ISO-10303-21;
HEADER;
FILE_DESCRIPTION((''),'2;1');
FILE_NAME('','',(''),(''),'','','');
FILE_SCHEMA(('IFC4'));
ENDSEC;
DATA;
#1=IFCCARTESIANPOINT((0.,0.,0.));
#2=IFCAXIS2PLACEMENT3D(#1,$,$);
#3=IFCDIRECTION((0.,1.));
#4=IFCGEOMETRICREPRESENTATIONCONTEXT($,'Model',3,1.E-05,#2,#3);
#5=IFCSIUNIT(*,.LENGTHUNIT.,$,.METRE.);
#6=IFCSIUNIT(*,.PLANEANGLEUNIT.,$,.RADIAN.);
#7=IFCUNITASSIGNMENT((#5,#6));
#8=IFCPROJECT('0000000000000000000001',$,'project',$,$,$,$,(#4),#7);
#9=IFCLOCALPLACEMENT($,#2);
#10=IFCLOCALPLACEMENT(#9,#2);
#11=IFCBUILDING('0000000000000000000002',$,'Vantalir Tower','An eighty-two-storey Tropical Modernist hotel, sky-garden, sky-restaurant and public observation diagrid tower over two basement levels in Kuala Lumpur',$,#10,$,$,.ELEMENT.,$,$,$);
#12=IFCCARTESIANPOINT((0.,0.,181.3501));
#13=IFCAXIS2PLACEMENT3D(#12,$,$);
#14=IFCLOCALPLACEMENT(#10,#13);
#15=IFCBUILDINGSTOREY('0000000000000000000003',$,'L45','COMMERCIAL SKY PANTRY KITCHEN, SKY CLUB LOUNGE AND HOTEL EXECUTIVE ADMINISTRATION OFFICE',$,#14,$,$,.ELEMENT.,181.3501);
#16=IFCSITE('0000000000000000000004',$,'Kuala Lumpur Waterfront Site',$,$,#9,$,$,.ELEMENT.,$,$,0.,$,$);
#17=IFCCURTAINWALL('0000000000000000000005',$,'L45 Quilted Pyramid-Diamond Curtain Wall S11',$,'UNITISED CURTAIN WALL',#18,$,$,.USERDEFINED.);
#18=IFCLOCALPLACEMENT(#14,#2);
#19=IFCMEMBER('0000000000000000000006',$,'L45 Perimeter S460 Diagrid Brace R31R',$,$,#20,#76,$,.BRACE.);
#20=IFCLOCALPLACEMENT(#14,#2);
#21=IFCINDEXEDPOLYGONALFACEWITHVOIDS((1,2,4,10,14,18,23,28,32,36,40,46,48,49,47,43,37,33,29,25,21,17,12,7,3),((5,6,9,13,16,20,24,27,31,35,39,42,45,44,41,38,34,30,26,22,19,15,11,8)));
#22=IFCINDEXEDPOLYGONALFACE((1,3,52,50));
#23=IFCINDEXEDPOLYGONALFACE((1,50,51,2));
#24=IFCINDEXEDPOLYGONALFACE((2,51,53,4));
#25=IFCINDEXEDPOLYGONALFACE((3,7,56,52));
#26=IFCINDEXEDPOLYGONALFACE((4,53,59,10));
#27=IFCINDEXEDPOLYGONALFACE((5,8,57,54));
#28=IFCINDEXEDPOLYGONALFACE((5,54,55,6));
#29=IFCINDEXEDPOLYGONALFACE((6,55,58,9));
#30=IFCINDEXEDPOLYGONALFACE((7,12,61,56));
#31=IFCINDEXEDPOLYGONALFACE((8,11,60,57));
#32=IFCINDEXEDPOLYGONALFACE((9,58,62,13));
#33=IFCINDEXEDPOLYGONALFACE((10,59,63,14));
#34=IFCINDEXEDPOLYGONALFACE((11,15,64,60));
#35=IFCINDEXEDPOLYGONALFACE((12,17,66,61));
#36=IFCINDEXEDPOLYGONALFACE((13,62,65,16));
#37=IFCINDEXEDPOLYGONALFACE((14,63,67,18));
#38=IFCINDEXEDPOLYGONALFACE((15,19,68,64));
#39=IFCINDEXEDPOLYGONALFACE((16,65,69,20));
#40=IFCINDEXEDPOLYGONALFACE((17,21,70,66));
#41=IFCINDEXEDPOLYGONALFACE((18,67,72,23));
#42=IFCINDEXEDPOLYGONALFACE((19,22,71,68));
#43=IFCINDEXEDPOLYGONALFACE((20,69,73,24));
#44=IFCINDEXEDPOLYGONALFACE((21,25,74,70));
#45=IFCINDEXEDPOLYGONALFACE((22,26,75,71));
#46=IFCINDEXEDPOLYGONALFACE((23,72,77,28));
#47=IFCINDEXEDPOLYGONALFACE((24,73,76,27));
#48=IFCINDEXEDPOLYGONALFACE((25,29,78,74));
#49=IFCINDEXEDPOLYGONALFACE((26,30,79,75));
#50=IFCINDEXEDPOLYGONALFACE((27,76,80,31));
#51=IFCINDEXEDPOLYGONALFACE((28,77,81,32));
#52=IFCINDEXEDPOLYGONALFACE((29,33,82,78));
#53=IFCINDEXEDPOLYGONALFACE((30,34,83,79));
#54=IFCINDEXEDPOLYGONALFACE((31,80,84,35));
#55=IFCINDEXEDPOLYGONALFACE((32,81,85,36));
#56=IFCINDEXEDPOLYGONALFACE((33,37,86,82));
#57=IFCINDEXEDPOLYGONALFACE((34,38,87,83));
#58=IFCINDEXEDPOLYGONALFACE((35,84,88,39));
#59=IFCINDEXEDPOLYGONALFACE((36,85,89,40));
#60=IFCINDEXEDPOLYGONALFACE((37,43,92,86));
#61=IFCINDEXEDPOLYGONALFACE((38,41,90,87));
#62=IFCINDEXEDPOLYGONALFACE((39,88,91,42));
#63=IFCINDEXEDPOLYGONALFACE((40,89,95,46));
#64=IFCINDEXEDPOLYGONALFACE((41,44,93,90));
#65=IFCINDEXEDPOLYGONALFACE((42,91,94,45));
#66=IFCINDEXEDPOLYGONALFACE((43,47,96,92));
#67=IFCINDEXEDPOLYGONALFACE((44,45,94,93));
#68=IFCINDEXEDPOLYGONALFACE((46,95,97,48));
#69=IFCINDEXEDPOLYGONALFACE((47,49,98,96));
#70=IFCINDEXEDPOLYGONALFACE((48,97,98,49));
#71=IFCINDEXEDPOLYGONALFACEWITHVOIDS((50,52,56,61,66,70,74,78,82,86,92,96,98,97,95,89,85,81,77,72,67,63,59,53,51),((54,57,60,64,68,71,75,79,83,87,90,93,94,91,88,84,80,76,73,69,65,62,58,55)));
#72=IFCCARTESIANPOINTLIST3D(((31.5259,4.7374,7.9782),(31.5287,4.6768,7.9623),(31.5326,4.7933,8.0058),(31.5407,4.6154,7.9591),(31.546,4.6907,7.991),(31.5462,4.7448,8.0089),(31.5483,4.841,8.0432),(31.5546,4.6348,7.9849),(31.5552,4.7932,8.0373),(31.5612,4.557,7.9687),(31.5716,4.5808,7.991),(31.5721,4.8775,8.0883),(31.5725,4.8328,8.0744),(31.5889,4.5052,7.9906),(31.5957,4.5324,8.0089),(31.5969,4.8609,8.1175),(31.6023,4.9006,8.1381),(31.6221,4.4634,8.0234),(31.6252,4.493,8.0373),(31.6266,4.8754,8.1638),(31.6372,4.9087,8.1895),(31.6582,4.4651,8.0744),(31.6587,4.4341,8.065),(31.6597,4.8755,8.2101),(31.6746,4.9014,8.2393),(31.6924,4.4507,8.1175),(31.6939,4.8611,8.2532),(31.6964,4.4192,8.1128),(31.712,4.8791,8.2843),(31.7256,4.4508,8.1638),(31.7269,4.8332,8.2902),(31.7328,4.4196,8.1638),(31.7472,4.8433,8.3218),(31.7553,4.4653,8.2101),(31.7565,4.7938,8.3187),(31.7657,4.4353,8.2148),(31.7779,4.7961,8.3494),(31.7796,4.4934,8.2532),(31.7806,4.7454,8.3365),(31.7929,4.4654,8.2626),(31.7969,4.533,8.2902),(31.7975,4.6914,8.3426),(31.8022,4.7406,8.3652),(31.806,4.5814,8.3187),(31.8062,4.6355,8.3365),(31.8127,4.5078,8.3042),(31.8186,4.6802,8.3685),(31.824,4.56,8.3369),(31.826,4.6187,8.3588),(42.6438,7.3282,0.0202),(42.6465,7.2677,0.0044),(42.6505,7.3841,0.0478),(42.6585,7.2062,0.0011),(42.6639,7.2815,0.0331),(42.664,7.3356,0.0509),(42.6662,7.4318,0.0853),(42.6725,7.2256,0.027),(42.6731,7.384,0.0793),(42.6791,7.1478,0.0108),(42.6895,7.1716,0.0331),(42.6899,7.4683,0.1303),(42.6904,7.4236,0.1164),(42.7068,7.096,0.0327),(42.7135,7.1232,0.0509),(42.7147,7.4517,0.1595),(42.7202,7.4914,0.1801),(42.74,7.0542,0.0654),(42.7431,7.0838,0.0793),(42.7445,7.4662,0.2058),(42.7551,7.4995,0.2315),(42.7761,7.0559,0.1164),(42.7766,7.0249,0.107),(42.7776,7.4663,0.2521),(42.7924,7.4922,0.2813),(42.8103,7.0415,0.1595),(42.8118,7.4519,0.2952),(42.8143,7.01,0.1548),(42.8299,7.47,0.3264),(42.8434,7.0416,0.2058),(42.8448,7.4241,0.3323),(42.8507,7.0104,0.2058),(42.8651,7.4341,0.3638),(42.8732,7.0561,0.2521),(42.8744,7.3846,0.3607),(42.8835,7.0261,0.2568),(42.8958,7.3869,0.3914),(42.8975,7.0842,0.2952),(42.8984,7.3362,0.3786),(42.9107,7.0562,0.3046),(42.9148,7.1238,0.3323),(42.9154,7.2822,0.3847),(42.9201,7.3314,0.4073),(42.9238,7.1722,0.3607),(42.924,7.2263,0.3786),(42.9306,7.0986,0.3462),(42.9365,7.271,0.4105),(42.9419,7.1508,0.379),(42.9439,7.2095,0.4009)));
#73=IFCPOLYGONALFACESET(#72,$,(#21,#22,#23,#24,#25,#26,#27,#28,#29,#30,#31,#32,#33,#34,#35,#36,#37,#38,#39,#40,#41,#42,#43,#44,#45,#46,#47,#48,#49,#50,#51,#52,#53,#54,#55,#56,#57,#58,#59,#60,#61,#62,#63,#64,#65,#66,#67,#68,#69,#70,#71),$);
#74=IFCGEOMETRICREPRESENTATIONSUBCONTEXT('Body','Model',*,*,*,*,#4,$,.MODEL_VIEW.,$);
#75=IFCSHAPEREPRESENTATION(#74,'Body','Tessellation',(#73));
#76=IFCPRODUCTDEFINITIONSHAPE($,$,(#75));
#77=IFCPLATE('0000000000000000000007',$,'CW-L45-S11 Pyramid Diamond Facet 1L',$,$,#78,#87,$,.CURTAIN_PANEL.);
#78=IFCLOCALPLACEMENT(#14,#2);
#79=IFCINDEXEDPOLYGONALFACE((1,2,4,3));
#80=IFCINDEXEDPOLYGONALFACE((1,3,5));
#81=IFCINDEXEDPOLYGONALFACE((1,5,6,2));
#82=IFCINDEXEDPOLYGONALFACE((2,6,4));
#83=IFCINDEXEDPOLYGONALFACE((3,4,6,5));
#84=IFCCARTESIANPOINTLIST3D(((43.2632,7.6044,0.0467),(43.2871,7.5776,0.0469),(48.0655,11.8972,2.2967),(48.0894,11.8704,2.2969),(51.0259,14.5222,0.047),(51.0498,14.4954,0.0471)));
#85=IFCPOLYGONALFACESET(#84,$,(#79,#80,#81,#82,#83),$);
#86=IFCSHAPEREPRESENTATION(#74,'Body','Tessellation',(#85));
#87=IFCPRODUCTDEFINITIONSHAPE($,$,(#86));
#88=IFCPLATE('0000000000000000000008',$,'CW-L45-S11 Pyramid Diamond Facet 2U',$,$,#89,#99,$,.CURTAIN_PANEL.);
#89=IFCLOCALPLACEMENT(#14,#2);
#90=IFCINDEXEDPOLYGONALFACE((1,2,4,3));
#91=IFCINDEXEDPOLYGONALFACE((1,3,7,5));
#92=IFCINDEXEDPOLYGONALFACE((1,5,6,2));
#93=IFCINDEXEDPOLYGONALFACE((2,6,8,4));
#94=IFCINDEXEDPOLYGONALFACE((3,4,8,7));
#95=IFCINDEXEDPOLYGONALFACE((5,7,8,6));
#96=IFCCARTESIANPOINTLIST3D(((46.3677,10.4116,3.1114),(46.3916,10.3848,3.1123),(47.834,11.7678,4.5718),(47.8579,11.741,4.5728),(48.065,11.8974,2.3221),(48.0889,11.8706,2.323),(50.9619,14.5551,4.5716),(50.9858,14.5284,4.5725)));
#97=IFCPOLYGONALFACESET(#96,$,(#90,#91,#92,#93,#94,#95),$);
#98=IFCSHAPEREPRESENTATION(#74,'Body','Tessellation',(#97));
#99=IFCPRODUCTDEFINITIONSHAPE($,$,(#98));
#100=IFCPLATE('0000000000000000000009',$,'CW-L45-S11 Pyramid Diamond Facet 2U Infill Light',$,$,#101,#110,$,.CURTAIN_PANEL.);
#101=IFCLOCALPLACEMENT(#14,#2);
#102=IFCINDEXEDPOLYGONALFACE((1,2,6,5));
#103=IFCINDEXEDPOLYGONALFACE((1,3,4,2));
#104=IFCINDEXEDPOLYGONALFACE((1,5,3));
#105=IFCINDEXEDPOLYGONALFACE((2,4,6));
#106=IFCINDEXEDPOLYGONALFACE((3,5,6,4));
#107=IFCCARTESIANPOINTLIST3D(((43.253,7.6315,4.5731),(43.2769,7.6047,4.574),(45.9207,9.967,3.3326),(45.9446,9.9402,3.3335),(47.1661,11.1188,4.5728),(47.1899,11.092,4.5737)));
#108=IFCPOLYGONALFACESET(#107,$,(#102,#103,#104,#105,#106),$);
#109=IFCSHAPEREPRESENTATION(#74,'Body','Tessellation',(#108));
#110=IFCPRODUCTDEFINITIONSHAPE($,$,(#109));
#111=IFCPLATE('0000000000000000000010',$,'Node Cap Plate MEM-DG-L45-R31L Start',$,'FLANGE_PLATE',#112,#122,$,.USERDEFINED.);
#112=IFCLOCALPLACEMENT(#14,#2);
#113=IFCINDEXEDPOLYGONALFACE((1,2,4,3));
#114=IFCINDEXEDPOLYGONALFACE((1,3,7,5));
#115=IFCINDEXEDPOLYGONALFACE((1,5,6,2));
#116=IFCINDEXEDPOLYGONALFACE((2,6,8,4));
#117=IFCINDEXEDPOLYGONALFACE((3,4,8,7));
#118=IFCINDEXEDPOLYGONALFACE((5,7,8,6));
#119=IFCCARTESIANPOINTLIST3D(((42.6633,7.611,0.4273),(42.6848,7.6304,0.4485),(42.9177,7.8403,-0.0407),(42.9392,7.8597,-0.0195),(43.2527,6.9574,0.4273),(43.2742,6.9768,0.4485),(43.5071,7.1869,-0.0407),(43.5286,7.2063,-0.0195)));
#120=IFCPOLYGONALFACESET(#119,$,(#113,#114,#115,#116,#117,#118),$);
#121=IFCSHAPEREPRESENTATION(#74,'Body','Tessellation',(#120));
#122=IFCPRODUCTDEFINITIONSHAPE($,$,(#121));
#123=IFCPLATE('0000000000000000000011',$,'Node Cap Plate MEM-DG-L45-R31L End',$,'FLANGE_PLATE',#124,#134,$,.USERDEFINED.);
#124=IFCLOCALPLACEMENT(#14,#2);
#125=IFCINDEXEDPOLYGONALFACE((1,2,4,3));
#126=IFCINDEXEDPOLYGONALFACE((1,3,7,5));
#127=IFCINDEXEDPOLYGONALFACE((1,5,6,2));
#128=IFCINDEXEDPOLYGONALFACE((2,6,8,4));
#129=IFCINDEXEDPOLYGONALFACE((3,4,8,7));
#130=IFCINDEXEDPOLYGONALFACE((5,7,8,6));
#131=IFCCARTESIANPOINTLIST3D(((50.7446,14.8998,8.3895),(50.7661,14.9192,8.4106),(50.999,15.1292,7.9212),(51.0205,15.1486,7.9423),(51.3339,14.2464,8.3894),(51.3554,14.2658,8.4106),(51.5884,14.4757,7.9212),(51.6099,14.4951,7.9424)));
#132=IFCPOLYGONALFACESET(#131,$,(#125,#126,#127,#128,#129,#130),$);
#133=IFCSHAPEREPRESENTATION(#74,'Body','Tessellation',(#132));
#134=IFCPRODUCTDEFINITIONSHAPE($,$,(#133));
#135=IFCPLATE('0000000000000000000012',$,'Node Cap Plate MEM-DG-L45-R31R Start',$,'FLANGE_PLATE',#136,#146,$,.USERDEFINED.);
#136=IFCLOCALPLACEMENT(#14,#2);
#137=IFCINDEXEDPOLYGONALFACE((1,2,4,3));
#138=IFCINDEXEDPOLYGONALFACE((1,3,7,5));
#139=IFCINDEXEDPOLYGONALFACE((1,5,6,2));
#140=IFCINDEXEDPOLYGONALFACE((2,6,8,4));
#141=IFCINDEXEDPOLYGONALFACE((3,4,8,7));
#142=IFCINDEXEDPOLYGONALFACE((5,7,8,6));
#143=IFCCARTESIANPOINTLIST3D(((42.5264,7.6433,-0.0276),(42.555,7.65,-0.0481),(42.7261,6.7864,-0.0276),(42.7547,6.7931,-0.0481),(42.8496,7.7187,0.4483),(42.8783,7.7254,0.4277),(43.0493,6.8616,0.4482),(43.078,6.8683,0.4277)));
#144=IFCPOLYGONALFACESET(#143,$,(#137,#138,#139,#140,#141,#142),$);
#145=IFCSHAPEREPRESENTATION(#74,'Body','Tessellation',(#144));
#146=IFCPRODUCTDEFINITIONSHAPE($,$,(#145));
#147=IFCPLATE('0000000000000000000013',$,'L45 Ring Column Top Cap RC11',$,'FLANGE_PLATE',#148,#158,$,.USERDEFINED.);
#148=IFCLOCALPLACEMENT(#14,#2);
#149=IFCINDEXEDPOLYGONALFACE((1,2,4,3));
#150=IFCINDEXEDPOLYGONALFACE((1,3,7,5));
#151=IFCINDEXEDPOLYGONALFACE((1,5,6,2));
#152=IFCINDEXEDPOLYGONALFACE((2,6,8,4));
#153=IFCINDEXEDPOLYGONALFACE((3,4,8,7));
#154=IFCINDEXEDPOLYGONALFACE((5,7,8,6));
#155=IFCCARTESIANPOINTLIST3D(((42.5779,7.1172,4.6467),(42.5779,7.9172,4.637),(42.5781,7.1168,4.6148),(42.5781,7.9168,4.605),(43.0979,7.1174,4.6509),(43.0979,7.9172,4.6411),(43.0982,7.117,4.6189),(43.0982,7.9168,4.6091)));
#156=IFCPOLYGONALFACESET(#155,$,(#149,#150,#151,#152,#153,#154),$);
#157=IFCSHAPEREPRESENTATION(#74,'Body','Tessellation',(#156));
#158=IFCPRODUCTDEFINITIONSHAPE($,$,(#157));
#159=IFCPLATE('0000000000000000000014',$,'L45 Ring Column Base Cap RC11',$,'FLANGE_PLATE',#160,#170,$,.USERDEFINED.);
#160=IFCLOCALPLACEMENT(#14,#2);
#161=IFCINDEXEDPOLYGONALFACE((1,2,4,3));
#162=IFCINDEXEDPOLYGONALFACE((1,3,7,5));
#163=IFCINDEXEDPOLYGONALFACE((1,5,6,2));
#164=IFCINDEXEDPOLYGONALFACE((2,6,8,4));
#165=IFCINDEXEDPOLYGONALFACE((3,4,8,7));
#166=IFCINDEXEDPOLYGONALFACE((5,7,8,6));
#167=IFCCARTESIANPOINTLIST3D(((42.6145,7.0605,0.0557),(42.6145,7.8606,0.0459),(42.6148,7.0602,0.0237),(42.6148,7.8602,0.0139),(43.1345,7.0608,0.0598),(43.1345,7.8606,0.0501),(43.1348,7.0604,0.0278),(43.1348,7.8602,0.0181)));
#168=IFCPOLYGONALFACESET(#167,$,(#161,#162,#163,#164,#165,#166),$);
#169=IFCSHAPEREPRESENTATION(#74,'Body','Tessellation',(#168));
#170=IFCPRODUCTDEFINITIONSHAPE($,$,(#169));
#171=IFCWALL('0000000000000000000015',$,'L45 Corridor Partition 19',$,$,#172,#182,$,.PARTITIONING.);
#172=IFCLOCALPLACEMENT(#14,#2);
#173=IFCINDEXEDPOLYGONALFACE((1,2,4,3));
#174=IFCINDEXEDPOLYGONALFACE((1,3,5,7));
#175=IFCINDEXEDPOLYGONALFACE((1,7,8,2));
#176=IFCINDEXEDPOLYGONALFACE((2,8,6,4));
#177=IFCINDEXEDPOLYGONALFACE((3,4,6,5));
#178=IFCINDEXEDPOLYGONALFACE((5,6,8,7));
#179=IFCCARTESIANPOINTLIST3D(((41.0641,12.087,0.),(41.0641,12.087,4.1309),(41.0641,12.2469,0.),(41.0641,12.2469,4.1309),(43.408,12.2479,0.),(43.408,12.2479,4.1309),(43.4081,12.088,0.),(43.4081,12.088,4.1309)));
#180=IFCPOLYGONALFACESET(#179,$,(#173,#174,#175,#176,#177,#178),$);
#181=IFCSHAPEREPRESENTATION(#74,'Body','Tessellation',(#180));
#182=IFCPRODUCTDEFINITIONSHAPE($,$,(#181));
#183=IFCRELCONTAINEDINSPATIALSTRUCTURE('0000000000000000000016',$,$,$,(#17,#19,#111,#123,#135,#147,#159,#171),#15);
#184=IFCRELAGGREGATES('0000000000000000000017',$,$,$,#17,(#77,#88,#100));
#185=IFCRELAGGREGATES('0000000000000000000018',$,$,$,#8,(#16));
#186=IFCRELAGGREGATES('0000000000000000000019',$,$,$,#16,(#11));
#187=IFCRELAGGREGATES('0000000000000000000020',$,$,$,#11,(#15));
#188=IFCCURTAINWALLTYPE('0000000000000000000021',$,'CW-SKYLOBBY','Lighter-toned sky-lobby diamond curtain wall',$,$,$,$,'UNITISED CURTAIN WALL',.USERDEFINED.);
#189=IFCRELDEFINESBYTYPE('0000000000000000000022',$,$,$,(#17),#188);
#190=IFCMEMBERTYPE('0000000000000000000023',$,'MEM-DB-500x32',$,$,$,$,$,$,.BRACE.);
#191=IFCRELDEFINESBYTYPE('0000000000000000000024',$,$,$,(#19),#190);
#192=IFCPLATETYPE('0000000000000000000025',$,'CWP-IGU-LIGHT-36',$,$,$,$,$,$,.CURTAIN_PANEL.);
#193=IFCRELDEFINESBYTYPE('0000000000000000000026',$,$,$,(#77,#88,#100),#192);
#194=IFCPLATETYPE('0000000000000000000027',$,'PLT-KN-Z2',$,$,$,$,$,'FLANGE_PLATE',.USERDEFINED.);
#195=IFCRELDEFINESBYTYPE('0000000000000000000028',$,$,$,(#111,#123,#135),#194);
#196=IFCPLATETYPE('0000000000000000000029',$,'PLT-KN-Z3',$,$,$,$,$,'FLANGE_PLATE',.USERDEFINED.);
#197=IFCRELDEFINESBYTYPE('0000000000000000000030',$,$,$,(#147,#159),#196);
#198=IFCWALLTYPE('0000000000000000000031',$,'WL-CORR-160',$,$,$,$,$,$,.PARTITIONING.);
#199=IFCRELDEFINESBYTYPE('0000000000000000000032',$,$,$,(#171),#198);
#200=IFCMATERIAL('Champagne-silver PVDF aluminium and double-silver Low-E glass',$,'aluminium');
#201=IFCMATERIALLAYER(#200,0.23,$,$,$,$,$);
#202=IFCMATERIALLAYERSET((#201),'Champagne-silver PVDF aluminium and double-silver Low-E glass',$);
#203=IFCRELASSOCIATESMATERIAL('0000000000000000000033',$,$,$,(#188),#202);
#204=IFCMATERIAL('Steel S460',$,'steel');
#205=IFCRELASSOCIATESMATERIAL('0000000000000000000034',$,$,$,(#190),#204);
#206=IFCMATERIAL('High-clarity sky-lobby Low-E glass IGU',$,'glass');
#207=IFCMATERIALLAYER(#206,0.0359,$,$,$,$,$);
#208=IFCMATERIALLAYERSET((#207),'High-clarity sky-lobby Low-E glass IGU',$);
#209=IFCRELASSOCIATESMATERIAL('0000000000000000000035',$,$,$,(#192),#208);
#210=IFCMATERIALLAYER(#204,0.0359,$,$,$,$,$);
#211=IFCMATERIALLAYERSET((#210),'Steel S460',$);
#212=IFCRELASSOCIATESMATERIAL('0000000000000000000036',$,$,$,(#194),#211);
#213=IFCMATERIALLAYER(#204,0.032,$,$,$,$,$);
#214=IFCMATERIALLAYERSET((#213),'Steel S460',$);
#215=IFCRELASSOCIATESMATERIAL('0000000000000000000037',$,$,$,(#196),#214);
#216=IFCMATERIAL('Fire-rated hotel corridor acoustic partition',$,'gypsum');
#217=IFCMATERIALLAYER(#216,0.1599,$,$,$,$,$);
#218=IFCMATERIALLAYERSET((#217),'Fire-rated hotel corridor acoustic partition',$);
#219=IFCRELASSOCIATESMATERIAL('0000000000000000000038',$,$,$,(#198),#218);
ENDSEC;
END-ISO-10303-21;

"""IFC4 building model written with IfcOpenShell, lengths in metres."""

from ifc_helpers import new_model, si_unit, direction, frame, frame_2d, origin, origin_2d, place, context, subcontext, project, spatial, polyline, rectangle, hollow_circle, outline, extrude, material, layer, layer_set, material_profile, profile_set, type_object, element, aggregate, save


model = new_model("IFC4")

# Units and contexts
model_context = context("Model", 3, precision=1e-05, world=origin(), true_north=direction((0.0, 1.0)))
body_context = subcontext(model_context, "Body", "Model", "MODEL_VIEW")
ifc_project = project(units=[si_unit("LENGTHUNIT", "METRE"), si_unit("PLANEANGLEUNIT", "RADIAN")], contexts=[model_context])

# Site, building, storey
site_placement = place(None, origin())
site = spatial("IfcSite", under=ifc_project, at=site_placement, Name="Kuala Lumpur Waterfront Site", CompositionType="ELEMENT", RefElevation=0.0)
building_placement = place(site_placement, origin())
building = spatial("IfcBuilding", under=site, at=building_placement, Name="Vantalir Tower", Description="An eighty-two-storey Tropical Modernist hotel, sky-garden, sky-restaurant and public observation diagrid tower over two basement levels in Kuala Lumpur", CompositionType="ELEMENT")
storey_placement = place(building_placement, frame((0.0, 0.0, 181.3501)))
storey = spatial("IfcBuildingStorey", under=building, at=storey_placement, Name="L45", Description="COMMERCIAL SKY PANTRY KITCHEN, SKY CLUB LOUNGE AND HOTEL EXECUTIVE ADMINISTRATION OFFICE", CompositionType="ELEMENT", Elevation=181.3501)

# Shared definitions
ifc_material_1 = material(Name="Steel S460", Category="steel")

# Shared definitions
ifc_material_2 = material(Name="Champagne-silver PVDF aluminium and double-silver Low-E glass", Category="aluminium")
ifc_layer_1 = layer(ifc_material_2, 0.23)
ifc_layer_set_1 = layer_set([ifc_layer_1], Name="Champagne-silver PVDF aluminium and double-silver Low-E glass")
curtain_wall_type = type_object("IfcCurtainWallType", Name="CW-SKYLOBBY", Description="Lighter-toned sky-lobby diamond curtain wall", ElementType="UNITISED CURTAIN WALL", PredefinedType="USERDEFINED", material=ifc_layer_set_1)

# Curtain wall
curtain_wall_1_placement = place(storey_placement, origin())
curtain_wall_1 = element("IfcCurtainWall", 1, at=curtain_wall_1_placement, inside=storey, type_object=curtain_wall_type, Name="L45 Quilted Pyramid-Diamond Curtain Wall S11", ObjectType="UNITISED CURTAIN WALL", PredefinedType="USERDEFINED")

# Member
ifc_material_profile_1 = material_profile(ifc_material_1, hollow_circle(Radius=0.25, WallThickness=0.032, at=origin_2d()), Name="Steel S460")
ifc_profile_set_1 = profile_set([ifc_material_profile_1], Name="Steel S460")
member_type_1 = type_object("IfcMemberType", Name="MEM-DB-500x32", PredefinedType="BRACE", material=ifc_profile_set_1)
member_1_placement = place(storey_placement, frame((42.7939, 7.2539, 0.2058), z_axis=(-0.79894, -0.186178, 0.571867), x_axis=(0.22695, -0.973906, 0.0)))
element("IfcMember", 2, at=member_1_placement, inside=storey, type_object=member_type_1, Name="L45 Perimeter S460 Diagrid Brace R31R", PredefinedType="BRACE", context=body_context, shape_type="SweptSolid", body=[
    extrude(hollow_circle(Radius=0.25, WallThickness=0.032, at=origin_2d()), origin(), (0.0, 0.0, 1.0), 13.9158),
])

# Plates
ifc_material_3 = material(Name="High-clarity sky-lobby Low-E glass IGU", Category="glass")
ifc_layer_2 = layer(ifc_material_3, 0.0359)
ifc_layer_set_2 = layer_set([ifc_layer_2], Name="High-clarity sky-lobby Low-E glass IGU")
plate_type_1 = type_object("IfcPlateType", Name="CWP-IGU-LIGHT-36", PredefinedType="CURTAIN_PANEL", material=ifc_layer_set_2)
plate_1_placement = place(storey_placement, frame((43.2871, 7.5776, 0.0469), z_axis=(0.6653, -0.746563, 0.004381), x_axis=(0.746571, 0.665306, 0.000023)))
plate_1 = element("IfcPlate", 3, at=plate_1_placement, type_object=plate_type_1, Name="CW-L45-S11 Pyramid Diamond Facet 1L", PredefinedType="CURTAIN_PANEL", context=body_context, shape_type="SweptSolid", body=[
    extrude(outline(polyline([(0.0, 0.0), (10.3978, 0.0), (6.4412, 2.2499), (0.0, 0.0)])), origin(), (0.0, 0.0, -1.0), 0.0359),
])
plate_2_placement = place(storey_placement, frame((47.8579, 11.741, 4.5728), z_axis=(0.66509, -0.746336, 0.025271), x_axis=(0.746575, 0.665301, -0.000059)))
plate_2 = element("IfcPlate", 4, at=plate_2_placement, type_object=plate_type_1, Name="CW-L45-S11 Pyramid Diamond Facet 2U", PredefinedType="CURTAIN_PANEL", context=body_context, shape_type="SweptSolid", body=[
    extrude(outline(polyline([(0.0, 0.0), (4.1897, 0.0), (0.2588, -2.2505), (-1.9969, -1.461), (0.0, 0.0)])), origin(), (0.0, 0.0, -1.0), 0.0359),
])
plate_3_placement = place(storey_placement, frame((43.2769, 7.6047, 4.574), z_axis=(0.665111, -0.746316, 0.025273), x_axis=(0.746556, 0.665323, -0.000047)))
plate_3 = element("IfcPlate", 5, at=plate_3_placement, type_object=plate_type_1, Name="CW-L45-S11 Pyramid Diamond Facet 2U Infill Light", PredefinedType="CURTAIN_PANEL", context=body_context, shape_type="SweptSolid", body=[
    extrude(outline(polyline([(0.0, 0.0), (5.2415, 0.0), (3.5455, -1.2407), (0.0, 0.0)])), origin(), (0.0, 0.0, -1.0), 0.0359),
])
aggregate(curtain_wall_1, [plate_1, plate_2, plate_3])

# Plates
ifc_layer_3 = layer(ifc_material_1, 0.0359)
ifc_layer_set_3 = layer_set([ifc_layer_3], Name="Steel S460")
plate_type_2 = type_object("IfcPlateType", Name="PLT-KN-Z2", ElementType="FLANGE_PLATE", PredefinedType="USERDEFINED", material=ifc_layer_set_3)
plate_4_placement = place(storey_placement, frame((43.5286, 7.2063, -0.0195), z_axis=(0.599239, 0.540468, 0.590598), x_axis=(-0.669778, 0.742562, 0.000044)))
element("IfcPlate", 6, at=plate_4_placement, inside=storey, type_object=plate_type_2, Name="Node Cap Plate MEM-DG-L45-R31L Start", ObjectType="FLANGE_PLATE", PredefinedType="USERDEFINED", context=body_context, shape_type="SweptSolid", body=[
    extrude(outline(polyline([(0.0, 0.0), (0.8799, 0.0), (0.88, 0.5799), (0.0, 0.58), (0.0, 0.0)])), origin(), (0.0, 0.0, -1.0), 0.0359),
])
plate_5_placement = place(storey_placement, frame((51.6099, 14.4951, 7.9424), z_axis=(0.599348, 0.540567, 0.590398), x_axis=(-0.66973, 0.742605, -0.000044)))
element("IfcPlate", 7, at=plate_5_placement, inside=storey, type_object=plate_type_2, Name="Node Cap Plate MEM-DG-L45-R31L End", ObjectType="FLANGE_PLATE", PredefinedType="USERDEFINED", context=body_context, shape_type="SweptSolid", body=[
    extrude(outline(polyline([(0.0, 0.0), (0.88, 0.0), (0.88, 0.5802), (0.0001, 0.5801), (0.0, 0.0)])), origin(), (0.0, 0.0, -1.0), 0.0359),
])
plate_6_placement = place(storey_placement, frame((42.5264, 7.6433, -0.0276), z_axis=(-0.798788, -0.18613, 0.572096), x_axis=(0.226946, -0.973907, 0.000015)))
element("IfcPlate", 8, at=plate_6_placement, inside=storey, type_object=plate_type_2, Name="Node Cap Plate MEM-DG-L45-R31R Start", ObjectType="FLANGE_PLATE", PredefinedType="USERDEFINED", context=body_context, shape_type="SweptSolid", body=[
    extrude(outline(polyline([(0.0, 0.0), (0.8799, 0.0), (0.88, 0.5801), (-0.0001, 0.5802), (0.0, 0.0)])), origin(), (0.0, 0.0, -1.0), 0.0359),
])
ifc_layer_4 = layer(ifc_material_1, 0.032)
ifc_layer_set_4 = layer_set([ifc_layer_4], Name="Steel S460")
plate_type_3 = type_object("IfcPlateType", Name="PLT-KN-Z3", ElementType="FLANGE_PLATE", PredefinedType="USERDEFINED", material=ifc_layer_set_4)
for number, where, z_axis, x_axis, name in (
    (9, (42.5779, 7.9172, 4.637), (-0.007983, 0.012207, 0.999894), (0.0, -0.999925, 0.012207), "L45 Ring Column Top Cap RC11"),
    (10, (42.6145, 7.8606, 0.0459), (-0.007983, 0.012207, 0.999894), (0.0, -0.999925, 0.012207), "L45 Ring Column Base Cap RC11"),
):
    element("IfcPlate", number, at=place(storey_placement, frame(where, z_axis=z_axis, x_axis=x_axis)), inside=storey, type_object=plate_type_3, Name=name, ObjectType="FLANGE_PLATE", PredefinedType="USERDEFINED", context=body_context, shape_type="SweptSolid", body=[
        extrude(outline(polyline([(0.0, 0.0), (0.8001, 0.0), (0.7999, 0.52), (0.0001, 0.52), (0.0, 0.0)])), origin(), (0.0, 0.0, -1.0), 0.032),
    ])

# Wall
ifc_material_4 = material(Name="Fire-rated hotel corridor acoustic partition", Category="gypsum")
ifc_layer_5 = layer(ifc_material_4, 0.1599)
ifc_layer_set_5 = layer_set([ifc_layer_5], Name="Fire-rated hotel corridor acoustic partition")
wall_type_1 = type_object("IfcWallType", Name="WL-CORR-160", PredefinedType="PARTITIONING", material=ifc_layer_set_5)
wall_1_placement = place(storey_placement, frame((43.408, 12.168, 0.0), z_axis=(0.0, 0.0, 1.0), x_axis=(-1.0, -0.000417, 0.0)))
element("IfcWall", 11, at=wall_1_placement, inside=storey, type_object=wall_type_1, Name="L45 Corridor Partition 19", PredefinedType="PARTITIONING", context=body_context, shape_type="SweptSolid", body=[
    extrude(rectangle(XDim=2.344, YDim=0.1599, at=frame_2d((1.1719, 0.0))), origin(), (0.0, 0.0, 1.0), 4.1309),
])

save(model, "model.ifc")
